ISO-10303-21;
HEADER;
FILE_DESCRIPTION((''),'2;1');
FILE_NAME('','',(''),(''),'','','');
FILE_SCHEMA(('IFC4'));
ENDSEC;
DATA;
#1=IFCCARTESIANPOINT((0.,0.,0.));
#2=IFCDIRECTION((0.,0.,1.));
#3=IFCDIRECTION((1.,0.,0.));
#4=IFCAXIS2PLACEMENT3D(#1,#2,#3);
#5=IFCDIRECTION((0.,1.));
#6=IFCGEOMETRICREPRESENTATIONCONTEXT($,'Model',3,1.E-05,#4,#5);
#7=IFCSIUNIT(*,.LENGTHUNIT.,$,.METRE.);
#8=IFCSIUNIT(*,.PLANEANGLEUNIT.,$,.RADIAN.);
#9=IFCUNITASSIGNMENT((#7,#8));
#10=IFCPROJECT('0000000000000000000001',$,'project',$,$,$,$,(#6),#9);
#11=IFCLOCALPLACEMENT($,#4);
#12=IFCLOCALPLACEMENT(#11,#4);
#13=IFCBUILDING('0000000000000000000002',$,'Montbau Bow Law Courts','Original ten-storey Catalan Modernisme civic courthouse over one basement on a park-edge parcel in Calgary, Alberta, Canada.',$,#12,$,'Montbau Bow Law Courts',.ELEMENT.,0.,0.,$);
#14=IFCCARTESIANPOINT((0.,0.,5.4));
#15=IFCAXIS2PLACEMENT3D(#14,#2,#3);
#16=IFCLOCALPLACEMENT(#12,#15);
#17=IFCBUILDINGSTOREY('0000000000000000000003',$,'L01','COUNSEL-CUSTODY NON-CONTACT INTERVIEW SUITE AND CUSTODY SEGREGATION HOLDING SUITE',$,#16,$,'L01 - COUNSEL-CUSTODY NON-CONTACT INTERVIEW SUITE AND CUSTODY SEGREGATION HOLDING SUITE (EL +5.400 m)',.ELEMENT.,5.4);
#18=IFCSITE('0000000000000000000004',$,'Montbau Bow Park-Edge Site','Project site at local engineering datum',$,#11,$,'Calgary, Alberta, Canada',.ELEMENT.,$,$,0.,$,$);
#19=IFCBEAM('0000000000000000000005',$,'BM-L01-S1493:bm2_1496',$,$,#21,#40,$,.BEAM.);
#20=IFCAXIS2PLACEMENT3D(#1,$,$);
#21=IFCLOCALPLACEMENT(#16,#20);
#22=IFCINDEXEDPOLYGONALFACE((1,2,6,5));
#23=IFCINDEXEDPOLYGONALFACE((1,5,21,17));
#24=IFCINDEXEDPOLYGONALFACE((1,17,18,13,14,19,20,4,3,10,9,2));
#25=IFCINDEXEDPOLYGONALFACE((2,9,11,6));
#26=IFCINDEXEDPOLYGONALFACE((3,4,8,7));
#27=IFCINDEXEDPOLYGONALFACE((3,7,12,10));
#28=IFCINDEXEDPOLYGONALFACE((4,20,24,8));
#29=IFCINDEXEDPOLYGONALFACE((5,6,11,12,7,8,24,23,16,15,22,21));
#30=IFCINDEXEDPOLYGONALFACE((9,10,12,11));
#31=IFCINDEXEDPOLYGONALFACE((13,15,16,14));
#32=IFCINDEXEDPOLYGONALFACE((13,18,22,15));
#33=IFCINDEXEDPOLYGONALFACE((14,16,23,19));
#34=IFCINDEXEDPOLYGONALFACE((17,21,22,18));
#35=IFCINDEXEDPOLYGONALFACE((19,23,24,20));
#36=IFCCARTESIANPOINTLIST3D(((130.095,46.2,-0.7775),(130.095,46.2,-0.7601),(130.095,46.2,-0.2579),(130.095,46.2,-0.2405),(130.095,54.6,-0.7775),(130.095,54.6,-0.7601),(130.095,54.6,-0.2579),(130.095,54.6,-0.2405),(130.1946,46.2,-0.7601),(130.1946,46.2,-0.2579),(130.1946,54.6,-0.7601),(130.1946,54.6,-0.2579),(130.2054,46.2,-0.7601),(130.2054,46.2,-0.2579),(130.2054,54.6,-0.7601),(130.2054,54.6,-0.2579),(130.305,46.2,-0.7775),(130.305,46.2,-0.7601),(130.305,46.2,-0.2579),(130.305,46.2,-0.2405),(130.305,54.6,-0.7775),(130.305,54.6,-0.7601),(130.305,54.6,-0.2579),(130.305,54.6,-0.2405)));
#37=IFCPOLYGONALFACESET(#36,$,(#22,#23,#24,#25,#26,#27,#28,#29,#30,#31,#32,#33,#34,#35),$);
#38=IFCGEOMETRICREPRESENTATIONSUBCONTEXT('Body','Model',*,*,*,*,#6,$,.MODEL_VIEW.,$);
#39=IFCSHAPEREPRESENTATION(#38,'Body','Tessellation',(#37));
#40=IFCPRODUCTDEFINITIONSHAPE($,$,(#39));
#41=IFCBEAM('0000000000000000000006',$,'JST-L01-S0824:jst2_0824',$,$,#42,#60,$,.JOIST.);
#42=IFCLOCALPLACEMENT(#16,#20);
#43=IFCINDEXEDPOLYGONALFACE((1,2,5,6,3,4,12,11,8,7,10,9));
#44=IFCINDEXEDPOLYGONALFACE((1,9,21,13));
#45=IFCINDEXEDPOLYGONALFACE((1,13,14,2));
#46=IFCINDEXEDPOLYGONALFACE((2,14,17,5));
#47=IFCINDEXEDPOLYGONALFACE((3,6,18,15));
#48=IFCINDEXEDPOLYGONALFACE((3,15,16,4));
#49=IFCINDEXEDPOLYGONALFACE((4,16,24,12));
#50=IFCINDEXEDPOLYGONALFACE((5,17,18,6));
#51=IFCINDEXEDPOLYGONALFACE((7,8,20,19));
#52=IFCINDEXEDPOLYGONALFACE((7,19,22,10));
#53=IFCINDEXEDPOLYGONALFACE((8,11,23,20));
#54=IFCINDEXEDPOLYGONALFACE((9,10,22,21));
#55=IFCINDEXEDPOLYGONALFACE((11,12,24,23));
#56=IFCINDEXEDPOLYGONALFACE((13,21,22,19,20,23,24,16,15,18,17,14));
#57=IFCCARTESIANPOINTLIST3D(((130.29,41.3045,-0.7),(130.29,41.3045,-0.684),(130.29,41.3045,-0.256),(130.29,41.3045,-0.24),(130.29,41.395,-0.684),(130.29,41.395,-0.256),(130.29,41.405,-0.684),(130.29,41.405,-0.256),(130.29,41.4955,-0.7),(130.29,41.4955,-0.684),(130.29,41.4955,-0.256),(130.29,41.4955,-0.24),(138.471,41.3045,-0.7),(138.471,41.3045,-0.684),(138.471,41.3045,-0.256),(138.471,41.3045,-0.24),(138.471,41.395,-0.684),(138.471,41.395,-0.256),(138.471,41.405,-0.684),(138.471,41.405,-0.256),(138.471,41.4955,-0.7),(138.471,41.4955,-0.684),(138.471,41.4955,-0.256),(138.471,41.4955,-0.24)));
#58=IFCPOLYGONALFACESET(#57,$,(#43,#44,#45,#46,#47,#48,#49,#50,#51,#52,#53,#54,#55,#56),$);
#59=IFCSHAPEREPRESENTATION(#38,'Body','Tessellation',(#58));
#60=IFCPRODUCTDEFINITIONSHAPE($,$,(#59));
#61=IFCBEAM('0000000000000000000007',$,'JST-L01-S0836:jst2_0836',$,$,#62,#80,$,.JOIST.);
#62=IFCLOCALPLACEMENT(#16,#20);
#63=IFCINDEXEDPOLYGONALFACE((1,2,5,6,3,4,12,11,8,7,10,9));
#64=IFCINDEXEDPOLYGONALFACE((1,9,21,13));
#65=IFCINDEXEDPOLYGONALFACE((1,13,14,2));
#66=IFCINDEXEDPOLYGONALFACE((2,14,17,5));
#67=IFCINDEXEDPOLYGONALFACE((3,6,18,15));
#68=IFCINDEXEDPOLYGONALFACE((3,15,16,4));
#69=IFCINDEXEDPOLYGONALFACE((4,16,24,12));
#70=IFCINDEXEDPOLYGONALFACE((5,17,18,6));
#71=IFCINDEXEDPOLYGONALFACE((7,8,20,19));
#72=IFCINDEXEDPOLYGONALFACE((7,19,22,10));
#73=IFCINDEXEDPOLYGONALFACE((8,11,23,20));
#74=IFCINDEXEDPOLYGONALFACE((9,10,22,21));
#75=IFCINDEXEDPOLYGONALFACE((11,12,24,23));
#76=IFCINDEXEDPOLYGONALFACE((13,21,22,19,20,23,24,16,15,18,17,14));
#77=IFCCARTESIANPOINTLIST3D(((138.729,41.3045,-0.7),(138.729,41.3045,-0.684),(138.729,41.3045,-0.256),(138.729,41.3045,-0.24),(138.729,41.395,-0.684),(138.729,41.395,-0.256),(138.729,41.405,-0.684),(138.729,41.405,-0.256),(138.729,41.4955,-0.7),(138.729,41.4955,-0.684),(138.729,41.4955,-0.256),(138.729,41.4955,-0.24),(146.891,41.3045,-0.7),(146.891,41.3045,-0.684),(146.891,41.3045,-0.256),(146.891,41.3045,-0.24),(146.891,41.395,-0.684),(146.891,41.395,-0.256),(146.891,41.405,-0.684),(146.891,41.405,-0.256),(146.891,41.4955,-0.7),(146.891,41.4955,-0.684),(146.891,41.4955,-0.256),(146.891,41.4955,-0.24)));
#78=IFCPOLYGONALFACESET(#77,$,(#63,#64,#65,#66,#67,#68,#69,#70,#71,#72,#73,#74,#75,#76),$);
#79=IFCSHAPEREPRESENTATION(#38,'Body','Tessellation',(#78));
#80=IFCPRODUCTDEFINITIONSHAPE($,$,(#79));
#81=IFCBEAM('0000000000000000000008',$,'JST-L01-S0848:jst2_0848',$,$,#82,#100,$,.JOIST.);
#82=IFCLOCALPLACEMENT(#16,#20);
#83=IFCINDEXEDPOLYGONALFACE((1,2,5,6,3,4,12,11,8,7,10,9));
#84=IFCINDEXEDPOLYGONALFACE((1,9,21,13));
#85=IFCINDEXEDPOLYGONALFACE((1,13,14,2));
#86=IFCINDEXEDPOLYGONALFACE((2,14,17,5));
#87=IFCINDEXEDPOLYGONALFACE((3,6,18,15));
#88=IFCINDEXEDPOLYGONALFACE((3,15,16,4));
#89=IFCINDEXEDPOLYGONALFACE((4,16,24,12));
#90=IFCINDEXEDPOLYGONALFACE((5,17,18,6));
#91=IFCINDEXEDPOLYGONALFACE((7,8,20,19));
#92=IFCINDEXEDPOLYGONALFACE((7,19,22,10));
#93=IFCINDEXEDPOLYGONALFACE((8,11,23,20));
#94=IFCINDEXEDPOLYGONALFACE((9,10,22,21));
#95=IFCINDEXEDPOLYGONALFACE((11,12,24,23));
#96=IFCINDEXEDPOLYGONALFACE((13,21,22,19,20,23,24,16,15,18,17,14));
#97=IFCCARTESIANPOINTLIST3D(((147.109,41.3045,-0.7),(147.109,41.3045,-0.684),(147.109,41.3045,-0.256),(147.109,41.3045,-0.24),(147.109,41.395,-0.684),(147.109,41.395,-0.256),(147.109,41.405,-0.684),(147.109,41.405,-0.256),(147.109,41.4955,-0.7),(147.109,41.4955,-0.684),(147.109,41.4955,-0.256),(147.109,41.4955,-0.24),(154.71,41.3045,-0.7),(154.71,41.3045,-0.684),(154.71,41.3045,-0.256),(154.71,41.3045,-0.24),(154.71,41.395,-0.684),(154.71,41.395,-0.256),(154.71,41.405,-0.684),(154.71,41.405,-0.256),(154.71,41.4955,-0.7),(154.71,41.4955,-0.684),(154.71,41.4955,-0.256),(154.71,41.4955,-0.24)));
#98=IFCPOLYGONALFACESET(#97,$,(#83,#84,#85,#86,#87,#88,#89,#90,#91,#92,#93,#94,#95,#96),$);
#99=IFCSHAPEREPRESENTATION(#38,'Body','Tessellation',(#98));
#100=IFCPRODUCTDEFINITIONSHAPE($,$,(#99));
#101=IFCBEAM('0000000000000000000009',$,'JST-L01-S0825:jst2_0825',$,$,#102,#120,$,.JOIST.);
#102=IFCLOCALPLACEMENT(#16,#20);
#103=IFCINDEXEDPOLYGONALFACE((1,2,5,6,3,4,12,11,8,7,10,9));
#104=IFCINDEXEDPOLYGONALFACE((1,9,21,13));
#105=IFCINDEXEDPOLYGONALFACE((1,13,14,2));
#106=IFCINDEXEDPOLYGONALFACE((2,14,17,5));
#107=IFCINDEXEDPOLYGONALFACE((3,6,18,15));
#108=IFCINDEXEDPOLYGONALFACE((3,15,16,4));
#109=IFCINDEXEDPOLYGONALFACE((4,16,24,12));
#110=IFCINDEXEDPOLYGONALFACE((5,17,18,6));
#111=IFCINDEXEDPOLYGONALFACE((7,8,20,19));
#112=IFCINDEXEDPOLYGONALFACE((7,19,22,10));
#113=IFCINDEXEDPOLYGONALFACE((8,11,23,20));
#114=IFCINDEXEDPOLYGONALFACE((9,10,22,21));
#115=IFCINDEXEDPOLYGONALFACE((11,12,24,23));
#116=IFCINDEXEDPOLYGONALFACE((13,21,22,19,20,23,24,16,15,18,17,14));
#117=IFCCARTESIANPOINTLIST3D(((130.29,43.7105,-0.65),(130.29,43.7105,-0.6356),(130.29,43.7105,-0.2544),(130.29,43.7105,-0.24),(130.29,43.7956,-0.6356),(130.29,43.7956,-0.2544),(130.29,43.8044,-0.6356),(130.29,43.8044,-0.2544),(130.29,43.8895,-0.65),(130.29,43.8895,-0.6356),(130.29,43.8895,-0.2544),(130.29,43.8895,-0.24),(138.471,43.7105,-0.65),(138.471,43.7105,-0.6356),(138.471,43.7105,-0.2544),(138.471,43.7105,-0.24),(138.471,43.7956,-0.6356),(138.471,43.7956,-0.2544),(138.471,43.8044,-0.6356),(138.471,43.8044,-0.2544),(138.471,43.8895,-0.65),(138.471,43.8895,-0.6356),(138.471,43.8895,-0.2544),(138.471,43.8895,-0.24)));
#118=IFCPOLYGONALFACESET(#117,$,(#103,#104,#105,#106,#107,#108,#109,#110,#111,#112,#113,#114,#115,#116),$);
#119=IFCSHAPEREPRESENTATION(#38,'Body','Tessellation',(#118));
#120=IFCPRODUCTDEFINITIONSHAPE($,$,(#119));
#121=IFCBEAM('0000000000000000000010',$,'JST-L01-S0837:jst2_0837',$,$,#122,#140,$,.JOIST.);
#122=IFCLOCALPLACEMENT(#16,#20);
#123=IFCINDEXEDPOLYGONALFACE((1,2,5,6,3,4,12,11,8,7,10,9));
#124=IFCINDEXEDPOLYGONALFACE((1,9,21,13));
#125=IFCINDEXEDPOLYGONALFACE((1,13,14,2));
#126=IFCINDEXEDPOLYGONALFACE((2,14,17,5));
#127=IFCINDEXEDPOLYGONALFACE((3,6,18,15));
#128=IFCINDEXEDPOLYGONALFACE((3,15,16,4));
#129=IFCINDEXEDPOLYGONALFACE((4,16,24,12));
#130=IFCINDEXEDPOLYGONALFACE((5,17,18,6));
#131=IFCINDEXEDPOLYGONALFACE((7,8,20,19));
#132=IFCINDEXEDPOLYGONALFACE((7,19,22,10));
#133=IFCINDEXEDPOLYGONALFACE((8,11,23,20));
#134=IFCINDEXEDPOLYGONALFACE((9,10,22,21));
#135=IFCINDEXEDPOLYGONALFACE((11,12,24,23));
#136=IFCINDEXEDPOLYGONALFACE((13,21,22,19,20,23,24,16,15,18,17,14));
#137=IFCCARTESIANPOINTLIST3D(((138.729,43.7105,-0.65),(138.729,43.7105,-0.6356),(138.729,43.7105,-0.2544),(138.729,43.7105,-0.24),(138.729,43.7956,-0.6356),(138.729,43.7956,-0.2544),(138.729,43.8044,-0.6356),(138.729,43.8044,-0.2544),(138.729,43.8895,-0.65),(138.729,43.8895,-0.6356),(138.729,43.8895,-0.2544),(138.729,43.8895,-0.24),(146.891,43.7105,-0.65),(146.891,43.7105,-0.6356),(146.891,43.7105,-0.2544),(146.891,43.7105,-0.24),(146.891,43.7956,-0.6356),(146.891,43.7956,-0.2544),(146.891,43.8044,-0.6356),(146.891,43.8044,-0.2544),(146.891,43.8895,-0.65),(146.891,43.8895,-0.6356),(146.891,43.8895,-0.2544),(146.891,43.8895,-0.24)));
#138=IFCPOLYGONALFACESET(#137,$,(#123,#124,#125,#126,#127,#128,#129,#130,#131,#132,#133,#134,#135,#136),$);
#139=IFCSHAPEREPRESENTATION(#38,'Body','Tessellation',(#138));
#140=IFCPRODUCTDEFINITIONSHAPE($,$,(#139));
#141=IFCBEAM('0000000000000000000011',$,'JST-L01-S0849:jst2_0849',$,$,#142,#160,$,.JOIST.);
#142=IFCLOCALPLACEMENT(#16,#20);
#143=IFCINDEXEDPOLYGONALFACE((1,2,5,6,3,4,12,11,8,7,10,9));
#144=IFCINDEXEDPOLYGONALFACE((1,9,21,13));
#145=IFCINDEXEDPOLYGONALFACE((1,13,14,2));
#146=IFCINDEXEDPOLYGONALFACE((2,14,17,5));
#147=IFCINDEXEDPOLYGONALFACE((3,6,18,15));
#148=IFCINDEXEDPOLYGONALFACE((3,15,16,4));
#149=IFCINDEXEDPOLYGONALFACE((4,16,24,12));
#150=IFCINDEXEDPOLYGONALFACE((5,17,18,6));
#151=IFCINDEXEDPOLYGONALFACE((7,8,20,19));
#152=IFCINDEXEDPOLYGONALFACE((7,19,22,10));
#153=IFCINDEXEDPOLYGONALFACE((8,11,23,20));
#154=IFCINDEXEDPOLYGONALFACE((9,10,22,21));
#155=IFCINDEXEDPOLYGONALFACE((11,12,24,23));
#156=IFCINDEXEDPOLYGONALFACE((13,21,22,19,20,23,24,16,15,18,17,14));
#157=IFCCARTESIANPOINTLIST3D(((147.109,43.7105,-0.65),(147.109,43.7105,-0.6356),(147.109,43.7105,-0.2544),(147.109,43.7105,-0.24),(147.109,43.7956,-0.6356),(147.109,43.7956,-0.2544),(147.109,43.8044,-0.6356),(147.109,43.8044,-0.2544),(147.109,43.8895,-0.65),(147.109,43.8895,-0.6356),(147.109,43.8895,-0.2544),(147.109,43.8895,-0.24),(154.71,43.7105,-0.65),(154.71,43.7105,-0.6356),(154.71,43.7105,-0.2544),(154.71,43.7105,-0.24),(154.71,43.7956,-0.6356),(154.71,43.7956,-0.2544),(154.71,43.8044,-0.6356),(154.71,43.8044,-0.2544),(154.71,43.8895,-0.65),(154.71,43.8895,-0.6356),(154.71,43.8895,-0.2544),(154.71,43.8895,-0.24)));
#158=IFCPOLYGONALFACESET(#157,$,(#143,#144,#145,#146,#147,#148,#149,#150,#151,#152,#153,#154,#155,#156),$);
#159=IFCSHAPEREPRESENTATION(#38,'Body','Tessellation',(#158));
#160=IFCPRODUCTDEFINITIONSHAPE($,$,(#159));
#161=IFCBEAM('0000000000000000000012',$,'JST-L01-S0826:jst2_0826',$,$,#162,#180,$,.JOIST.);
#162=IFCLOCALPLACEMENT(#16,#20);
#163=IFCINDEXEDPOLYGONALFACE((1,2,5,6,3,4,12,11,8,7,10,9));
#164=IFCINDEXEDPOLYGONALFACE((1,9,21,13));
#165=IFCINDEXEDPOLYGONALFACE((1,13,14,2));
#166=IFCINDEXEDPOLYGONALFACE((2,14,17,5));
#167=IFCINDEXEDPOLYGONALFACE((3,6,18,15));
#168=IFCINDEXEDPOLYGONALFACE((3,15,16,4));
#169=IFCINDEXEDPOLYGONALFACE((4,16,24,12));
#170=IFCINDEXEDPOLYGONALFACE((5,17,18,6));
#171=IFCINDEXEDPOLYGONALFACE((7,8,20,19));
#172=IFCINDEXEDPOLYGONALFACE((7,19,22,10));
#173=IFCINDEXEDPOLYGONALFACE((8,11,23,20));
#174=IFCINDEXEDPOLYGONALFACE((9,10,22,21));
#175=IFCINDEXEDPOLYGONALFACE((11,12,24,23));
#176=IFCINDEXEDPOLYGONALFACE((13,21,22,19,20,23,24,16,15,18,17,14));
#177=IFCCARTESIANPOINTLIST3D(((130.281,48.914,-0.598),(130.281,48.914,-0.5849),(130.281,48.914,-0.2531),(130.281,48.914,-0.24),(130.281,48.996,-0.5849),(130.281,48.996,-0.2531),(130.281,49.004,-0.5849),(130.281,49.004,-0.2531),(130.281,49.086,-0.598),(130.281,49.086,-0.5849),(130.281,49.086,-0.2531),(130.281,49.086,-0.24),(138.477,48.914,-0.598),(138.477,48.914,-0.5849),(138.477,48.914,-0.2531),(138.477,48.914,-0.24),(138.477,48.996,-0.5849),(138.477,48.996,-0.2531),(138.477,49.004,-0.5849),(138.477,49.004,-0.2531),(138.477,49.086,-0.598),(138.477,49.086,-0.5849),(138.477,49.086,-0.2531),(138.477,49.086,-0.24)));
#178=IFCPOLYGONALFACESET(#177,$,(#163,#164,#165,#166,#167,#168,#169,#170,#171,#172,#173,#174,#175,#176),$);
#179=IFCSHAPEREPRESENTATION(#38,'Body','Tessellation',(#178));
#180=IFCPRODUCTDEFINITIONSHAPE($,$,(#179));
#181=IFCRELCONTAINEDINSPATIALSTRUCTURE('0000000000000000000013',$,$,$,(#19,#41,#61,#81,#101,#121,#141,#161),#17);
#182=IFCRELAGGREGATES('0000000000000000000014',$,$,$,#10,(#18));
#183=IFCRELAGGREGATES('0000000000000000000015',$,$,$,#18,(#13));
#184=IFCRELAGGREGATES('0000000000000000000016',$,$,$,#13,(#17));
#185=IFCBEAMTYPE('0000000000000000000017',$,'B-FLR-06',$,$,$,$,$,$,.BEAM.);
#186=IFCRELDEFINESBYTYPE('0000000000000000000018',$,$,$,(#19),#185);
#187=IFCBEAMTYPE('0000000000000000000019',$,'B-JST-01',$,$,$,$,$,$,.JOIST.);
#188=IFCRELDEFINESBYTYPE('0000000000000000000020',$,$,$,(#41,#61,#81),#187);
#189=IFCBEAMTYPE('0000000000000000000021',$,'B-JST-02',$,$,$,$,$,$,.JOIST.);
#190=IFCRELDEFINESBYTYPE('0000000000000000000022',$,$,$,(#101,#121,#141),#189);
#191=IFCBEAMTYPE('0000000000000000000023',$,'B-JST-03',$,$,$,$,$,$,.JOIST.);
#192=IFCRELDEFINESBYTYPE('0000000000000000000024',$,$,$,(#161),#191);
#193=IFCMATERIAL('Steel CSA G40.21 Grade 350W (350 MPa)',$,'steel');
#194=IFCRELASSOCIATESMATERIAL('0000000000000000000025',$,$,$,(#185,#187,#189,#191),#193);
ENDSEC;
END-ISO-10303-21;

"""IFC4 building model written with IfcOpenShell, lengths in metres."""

from ifc_helpers import new_model, si_unit, direction, frame, origin_with_axes, origin_2d_with_axis, place, context, subcontext, project, spatial, i_section, extrude, material, material_profile, profile_set, type_object, element, save


model = new_model("IFC4")

# Units and contexts
model_context = context("Model", 3, precision=1e-05, world=origin_with_axes(), true_north=direction((0.0, 1.0)))
body_context = subcontext(model_context, "Body", "Model", "MODEL_VIEW")
ifc_project = project(units=[si_unit("LENGTHUNIT", "METRE"), si_unit("PLANEANGLEUNIT", "RADIAN")], contexts=[model_context])

# Site, building, storey
site_placement = place(None, origin_with_axes())
site = spatial("IfcSite", under=ifc_project, at=site_placement, Name="Montbau Bow Park-Edge Site", Description="Project site at local engineering datum", LongName="Calgary, Alberta, Canada", CompositionType="ELEMENT", RefElevation=0.0)
building_placement = place(site_placement, origin_with_axes())
building = spatial("IfcBuilding", under=site, at=building_placement, Name="Montbau Bow Law Courts", Description="Original ten-storey Catalan Modernisme civic courthouse over one basement on a park-edge parcel in Calgary, Alberta, Canada.", LongName="Montbau Bow Law Courts", CompositionType="ELEMENT", ElevationOfRefHeight=0.0, ElevationOfTerrain=0.0)
storey_placement = place(building_placement, frame((0.0, 0.0, 5.4), z_axis=(0.0, 0.0, 1.0), x_axis=(1.0, 0.0, 0.0)))
storey = spatial("IfcBuildingStorey", under=building, at=storey_placement, Name="L01", Description="COUNSEL-CUSTODY NON-CONTACT INTERVIEW SUITE AND CUSTODY SEGREGATION HOLDING SUITE", LongName="L01 - COUNSEL-CUSTODY NON-CONTACT INTERVIEW SUITE AND CUSTODY SEGREGATION HOLDING SUITE (EL +5.400 m)", CompositionType="ELEMENT", Elevation=5.4)

# Shared definitions
ifc_material_1 = material(Name="Steel CSA G40.21 Grade 350W (350 MPa)", Category="steel")

# Beams
ifc_material_profile_1 = material_profile(ifc_material_1, i_section(OverallWidth=0.21, OverallDepth=0.537, WebThickness=0.0109, FlangeThickness=0.0174, at=origin_2d_with_axis()), Name="W530X101", Category="Main", Priority=0)
ifc_profile_set_1 = profile_set([ifc_material_profile_1], Name="Steel CSA G40.21 Grade 350W (350 MPa)")
beam_type_1 = type_object("IfcBeamType", Name="B-FLR-06", PredefinedType="BEAM", material=ifc_profile_set_1)
for number, where, z_axis, x_axis, name in (
    (1, (130.2, 46.2, 4.891), (0.0, 1.0, 0.0), (-1.0, 0.0, 0.0), "BM-L01-S1493:bm2_1496"),
):
    element("IfcBeam", number, at=place(None, frame(where, z_axis=z_axis, x_axis=x_axis)), inside=storey, type_object=beam_type_1, Name=name, PredefinedType="BEAM", context=body_context, shape_type="SweptSolid", body=[
        extrude(i_section(OverallWidth=0.21, OverallDepth=0.537, WebThickness=0.0109, FlangeThickness=0.0174, at=origin_2d_with_axis()), origin_with_axes(), (0.0, 0.0, 1.0), 8.4),
    ])
ifc_material_profile_2 = material_profile(ifc_material_1, i_section(OverallWidth=0.191, OverallDepth=0.46, WebThickness=0.0099, FlangeThickness=0.016, at=origin_2d_with_axis()), Name="W460X82", Category="Main", Priority=0)
ifc_profile_set_2 = profile_set([ifc_material_profile_2], Name="Steel CSA G40.21 Grade 350W (350 MPa)")
beam_type_2 = type_object("IfcBeamType", Name="B-JST-01", PredefinedType="JOIST", material=ifc_profile_set_2)
beam_1_placement = place(None, frame((130.29, 41.4, 4.93), z_axis=(1.0, 0.0, 0.0), x_axis=(0.0, 1.0, 0.0)))
element("IfcBeam", 2, at=beam_1_placement, inside=storey, type_object=beam_type_2, Name="JST-L01-S0824:jst2_0824", PredefinedType="JOIST", context=body_context, shape_type="SweptSolid", body=[
    extrude(i_section(OverallWidth=0.191, OverallDepth=0.46, WebThickness=0.0099, FlangeThickness=0.016, at=origin_2d_with_axis()), origin_with_axes(), (0.0, 0.0, 1.0), 8.181),
])
beam_2_placement = place(None, frame((138.729, 41.4, 4.93), z_axis=(1.0, 0.0, 0.0), x_axis=(0.0, 1.0, 0.0)))
element("IfcBeam", 3, at=beam_2_placement, inside=storey, type_object=beam_type_2, Name="JST-L01-S0836:jst2_0836", PredefinedType="JOIST", context=body_context, shape_type="SweptSolid", body=[
    extrude(i_section(OverallWidth=0.191, OverallDepth=0.46, WebThickness=0.0099, FlangeThickness=0.016, at=origin_2d_with_axis()), origin_with_axes(), (0.0, 0.0, 1.0), 8.162),
])
beam_3_placement = place(None, frame((147.109, 41.4, 4.93), z_axis=(1.0, 0.0, 0.0), x_axis=(0.0, 1.0, 0.0)))
element("IfcBeam", 4, at=beam_3_placement, inside=storey, type_object=beam_type_2, Name="JST-L01-S0848:jst2_0848", PredefinedType="JOIST", context=body_context, shape_type="SweptSolid", body=[
    extrude(i_section(OverallWidth=0.191, OverallDepth=0.46, WebThickness=0.0099, FlangeThickness=0.016, at=origin_2d_with_axis()), origin_with_axes(), (0.0, 0.0, 1.0), 7.601),
])
ifc_material_profile_3 = material_profile(ifc_material_1, i_section(OverallWidth=0.179, OverallDepth=0.41, WebThickness=0.0088, FlangeThickness=0.0144, at=origin_2d_with_axis()), Name="W410X67", Category="Main", Priority=0)
ifc_profile_set_3 = profile_set([ifc_material_profile_3], Name="Steel CSA G40.21 Grade 350W (350 MPa)")
beam_type_3 = type_object("IfcBeamType", Name="B-JST-02", PredefinedType="JOIST", material=ifc_profile_set_3)
beam_4_placement = place(None, frame((130.29, 43.8, 4.955), z_axis=(1.0, 0.0, 0.0), x_axis=(0.0, 1.0, 0.0)))
element("IfcBeam", 5, at=beam_4_placement, inside=storey, type_object=beam_type_3, Name="JST-L01-S0825:jst2_0825", PredefinedType="JOIST", context=body_context, shape_type="SweptSolid", body=[
    extrude(i_section(OverallWidth=0.179, OverallDepth=0.41, WebThickness=0.0088, FlangeThickness=0.0144, at=origin_2d_with_axis()), origin_with_axes(), (0.0, 0.0, 1.0), 8.181),
])
beam_5_placement = place(None, frame((138.729, 43.8, 4.955), z_axis=(1.0, 0.0, 0.0), x_axis=(0.0, 1.0, 0.0)))
element("IfcBeam", 6, at=beam_5_placement, inside=storey, type_object=beam_type_3, Name="JST-L01-S0837:jst2_0837", PredefinedType="JOIST", context=body_context, shape_type="SweptSolid", body=[
    extrude(i_section(OverallWidth=0.179, OverallDepth=0.41, WebThickness=0.0088, FlangeThickness=0.0144, at=origin_2d_with_axis()), origin_with_axes(), (0.0, 0.0, 1.0), 8.162),
])
beam_6_placement = place(None, frame((147.109, 43.8, 4.955), z_axis=(1.0, 0.0, 0.0), x_axis=(0.0, 1.0, 0.0)))
element("IfcBeam", 7, at=beam_6_placement, inside=storey, type_object=beam_type_3, Name="JST-L01-S0849:jst2_0849", PredefinedType="JOIST", context=body_context, shape_type="SweptSolid", body=[
    extrude(i_section(OverallWidth=0.179, OverallDepth=0.41, WebThickness=0.0088, FlangeThickness=0.0144, at=origin_2d_with_axis()), origin_with_axes(), (0.0, 0.0, 1.0), 7.601),
])
ifc_material_profile_4 = material_profile(ifc_material_1, i_section(OverallWidth=0.172, OverallDepth=0.358, WebThickness=0.0079, FlangeThickness=0.0131, at=origin_2d_with_axis()), Name="W360X57", Category="Main", Priority=0)
ifc_profile_set_4 = profile_set([ifc_material_profile_4], Name="Steel CSA G40.21 Grade 350W (350 MPa)")
beam_type_4 = type_object("IfcBeamType", Name="B-JST-03", PredefinedType="JOIST", material=ifc_profile_set_4)
beam_7_placement = place(None, frame((130.281, 49.0, 4.981), z_axis=(1.0, 0.0, 0.0), x_axis=(0.0, 1.0, 0.0)))
element("IfcBeam", 8, at=beam_7_placement, inside=storey, type_object=beam_type_4, Name="JST-L01-S0826:jst2_0826", PredefinedType="JOIST", context=body_context, shape_type="SweptSolid", body=[
    extrude(i_section(OverallWidth=0.172, OverallDepth=0.358, WebThickness=0.0079, FlangeThickness=0.0131, at=origin_2d_with_axis()), origin_with_axes(), (0.0, 0.0, 1.0), 8.196),
])

save(model, "model.ifc")
